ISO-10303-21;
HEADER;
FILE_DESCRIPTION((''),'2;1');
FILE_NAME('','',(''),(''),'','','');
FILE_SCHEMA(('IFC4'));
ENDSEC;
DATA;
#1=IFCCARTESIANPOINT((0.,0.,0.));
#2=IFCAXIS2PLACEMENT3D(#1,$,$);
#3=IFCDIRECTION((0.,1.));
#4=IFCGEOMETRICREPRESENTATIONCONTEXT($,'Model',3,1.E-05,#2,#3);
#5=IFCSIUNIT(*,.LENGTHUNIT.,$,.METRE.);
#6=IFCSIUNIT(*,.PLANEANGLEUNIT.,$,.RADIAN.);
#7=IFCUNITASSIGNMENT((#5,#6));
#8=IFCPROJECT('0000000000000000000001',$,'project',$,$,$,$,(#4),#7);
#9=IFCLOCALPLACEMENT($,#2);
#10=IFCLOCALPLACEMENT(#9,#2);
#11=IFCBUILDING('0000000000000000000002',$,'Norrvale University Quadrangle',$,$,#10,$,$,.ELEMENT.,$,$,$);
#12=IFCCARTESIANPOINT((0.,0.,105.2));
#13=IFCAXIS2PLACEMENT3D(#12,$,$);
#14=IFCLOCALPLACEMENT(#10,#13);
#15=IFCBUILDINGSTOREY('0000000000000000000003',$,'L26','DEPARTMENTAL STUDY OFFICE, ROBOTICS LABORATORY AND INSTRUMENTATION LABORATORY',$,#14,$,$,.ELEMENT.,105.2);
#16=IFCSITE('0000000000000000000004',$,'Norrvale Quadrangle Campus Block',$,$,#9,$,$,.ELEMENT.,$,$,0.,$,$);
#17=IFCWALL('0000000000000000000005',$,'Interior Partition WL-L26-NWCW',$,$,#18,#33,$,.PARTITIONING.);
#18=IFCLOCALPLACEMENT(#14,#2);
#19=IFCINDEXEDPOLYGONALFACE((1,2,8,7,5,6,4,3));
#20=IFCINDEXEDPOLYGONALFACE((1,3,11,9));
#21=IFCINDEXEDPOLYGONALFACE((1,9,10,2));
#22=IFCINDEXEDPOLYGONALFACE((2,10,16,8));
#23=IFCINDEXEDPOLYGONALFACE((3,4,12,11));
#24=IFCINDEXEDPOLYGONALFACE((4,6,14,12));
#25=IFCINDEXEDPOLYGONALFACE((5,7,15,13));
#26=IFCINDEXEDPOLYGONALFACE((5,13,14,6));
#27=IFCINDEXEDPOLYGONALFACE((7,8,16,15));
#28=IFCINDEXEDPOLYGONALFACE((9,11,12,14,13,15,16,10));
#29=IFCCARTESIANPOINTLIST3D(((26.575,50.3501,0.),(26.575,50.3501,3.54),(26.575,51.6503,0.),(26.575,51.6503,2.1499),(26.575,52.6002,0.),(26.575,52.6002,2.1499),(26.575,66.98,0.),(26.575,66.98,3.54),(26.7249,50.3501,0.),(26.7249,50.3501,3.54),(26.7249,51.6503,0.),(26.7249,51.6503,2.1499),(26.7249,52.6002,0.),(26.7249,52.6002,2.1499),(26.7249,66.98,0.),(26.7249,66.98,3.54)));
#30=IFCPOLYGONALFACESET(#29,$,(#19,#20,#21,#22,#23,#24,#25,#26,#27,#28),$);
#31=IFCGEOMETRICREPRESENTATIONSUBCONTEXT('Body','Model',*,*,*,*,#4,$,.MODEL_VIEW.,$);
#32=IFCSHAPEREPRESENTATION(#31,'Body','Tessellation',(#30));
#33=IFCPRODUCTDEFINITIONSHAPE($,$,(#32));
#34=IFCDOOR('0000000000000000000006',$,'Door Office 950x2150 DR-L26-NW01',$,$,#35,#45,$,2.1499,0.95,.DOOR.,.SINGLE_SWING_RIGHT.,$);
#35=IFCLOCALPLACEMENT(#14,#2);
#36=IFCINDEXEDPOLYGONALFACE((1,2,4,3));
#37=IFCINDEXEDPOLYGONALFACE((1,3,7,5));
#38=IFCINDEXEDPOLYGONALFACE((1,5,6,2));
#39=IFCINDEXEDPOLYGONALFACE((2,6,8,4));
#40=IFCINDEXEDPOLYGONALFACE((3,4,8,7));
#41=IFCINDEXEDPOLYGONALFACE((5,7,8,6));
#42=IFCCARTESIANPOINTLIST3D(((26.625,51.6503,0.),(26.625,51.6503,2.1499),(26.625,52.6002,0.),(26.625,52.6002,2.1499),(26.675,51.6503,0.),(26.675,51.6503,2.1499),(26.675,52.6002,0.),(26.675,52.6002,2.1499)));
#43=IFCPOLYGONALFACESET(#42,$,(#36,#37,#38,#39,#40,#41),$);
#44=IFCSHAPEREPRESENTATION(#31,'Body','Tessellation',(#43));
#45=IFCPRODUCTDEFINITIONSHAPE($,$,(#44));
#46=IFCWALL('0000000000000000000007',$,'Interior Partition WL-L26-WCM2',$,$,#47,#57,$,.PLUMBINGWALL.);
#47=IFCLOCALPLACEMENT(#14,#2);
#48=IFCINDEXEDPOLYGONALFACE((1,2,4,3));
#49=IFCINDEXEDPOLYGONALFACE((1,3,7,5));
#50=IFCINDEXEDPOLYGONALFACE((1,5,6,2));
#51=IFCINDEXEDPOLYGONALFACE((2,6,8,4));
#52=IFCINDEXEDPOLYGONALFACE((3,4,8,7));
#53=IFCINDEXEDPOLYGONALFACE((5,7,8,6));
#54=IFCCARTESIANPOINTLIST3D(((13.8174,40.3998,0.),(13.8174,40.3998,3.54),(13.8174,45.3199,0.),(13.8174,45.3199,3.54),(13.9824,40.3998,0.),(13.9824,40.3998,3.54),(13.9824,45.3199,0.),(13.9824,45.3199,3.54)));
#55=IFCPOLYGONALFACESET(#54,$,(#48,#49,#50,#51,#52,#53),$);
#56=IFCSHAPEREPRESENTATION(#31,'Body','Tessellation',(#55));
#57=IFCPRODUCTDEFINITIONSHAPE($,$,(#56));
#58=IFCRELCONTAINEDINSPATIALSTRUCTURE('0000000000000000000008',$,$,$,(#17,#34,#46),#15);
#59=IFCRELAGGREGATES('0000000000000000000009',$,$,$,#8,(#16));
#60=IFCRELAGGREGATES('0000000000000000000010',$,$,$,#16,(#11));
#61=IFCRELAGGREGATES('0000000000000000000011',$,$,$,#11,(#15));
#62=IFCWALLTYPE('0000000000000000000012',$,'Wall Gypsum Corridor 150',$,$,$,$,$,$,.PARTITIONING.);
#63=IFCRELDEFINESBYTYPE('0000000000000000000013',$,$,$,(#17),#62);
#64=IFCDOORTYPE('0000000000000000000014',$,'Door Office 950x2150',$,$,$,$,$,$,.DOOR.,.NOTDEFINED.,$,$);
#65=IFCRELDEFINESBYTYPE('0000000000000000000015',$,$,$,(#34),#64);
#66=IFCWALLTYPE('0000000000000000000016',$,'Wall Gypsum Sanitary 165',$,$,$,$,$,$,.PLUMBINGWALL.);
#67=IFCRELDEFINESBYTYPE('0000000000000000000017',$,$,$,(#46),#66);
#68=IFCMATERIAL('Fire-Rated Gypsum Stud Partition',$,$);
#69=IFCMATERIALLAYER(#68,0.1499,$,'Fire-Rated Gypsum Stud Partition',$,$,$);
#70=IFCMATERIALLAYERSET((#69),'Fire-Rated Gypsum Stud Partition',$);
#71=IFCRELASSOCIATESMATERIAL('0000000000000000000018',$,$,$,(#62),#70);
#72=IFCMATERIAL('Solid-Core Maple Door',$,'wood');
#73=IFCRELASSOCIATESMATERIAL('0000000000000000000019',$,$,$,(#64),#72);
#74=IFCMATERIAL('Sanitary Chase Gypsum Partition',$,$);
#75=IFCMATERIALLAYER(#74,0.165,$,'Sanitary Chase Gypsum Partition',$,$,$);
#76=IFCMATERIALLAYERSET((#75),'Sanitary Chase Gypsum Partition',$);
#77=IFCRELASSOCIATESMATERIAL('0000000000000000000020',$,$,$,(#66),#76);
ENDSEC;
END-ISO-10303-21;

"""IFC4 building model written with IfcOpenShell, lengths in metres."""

from ifc_helpers import new_model, si_unit, direction, frame, frame_2d, origin, place, context, subcontext, project, spatial, rectangle, extrude, material, layer, layer_set, type_object, element, fill, save


model = new_model("IFC4")

# Units and contexts
model_context = context("Model", 3, precision=1e-05, world=origin(), true_north=direction((0.0, 1.0)))
body_context = subcontext(model_context, "Body", "Model", "MODEL_VIEW")
ifc_project = project(units=[si_unit("LENGTHUNIT", "METRE"), si_unit("PLANEANGLEUNIT", "RADIAN")], contexts=[model_context])

# Site, building, storey
site_placement = place(None, origin())
site = spatial("IfcSite", under=ifc_project, at=site_placement, Name="Norrvale Quadrangle Campus Block", CompositionType="ELEMENT", RefElevation=0.0)
building_placement = place(site_placement, origin())
building = spatial("IfcBuilding", under=site, at=building_placement, Name="Norrvale University Quadrangle", CompositionType="ELEMENT")
storey_placement = place(building_placement, frame((0.0, 0.0, 105.2)))
storey = spatial("IfcBuildingStorey", under=building, at=storey_placement, Name="L26", Description="DEPARTMENTAL STUDY OFFICE, ROBOTICS LABORATORY AND INSTRUMENTATION LABORATORY", CompositionType="ELEMENT", Elevation=105.2)

# Shared definitions
ifc_material_1 = material(Name="Fire-Rated Gypsum Stud Partition")
ifc_layer_1 = layer(ifc_material_1, 0.1499, Name="Fire-Rated Gypsum Stud Partition")
ifc_layer_set_1 = layer_set([ifc_layer_1], Name="Fire-Rated Gypsum Stud Partition")
wall_type_1 = type_object("IfcWallType", Name="Wall Gypsum Corridor 150", PredefinedType="PARTITIONING", material=ifc_layer_set_1)

# Wall, opening, door
wall_1_placement = place(storey_placement, frame((26.6499, 50.3501, 0.0), z_axis=(0.0, 0.0, 1.0), x_axis=(0.0, 1.0, 0.0)))
wall_1 = element("IfcWall", 1, at=wall_1_placement, inside=storey, type_object=wall_type_1, Name="Interior Partition WL-L26-NWCW", PredefinedType="PARTITIONING", context=body_context, shape_type="SweptSolid", body=[
    extrude(rectangle(XDim=16.6299, YDim=0.1499, at=frame_2d((8.3149, 0.0))), origin(), (0.0, 0.0, 1.0), 3.54),
])
opening_placement = place(wall_1_placement, frame((1.3, 0.0, 0.0)))
opening = element("IfcOpeningElement", 2, at=opening_placement, cuts=wall_1, PredefinedType="OPENING", context=body_context, shape_type="SweptSolid", body=[
    extrude(rectangle(XDim=0.95, YDim=2.1499, at=frame_2d((0.4751, 1.075))), frame((0.0, 0.0869, 0.0), z_axis=(0.0, -1.0, 0.0), x_axis=(1.0, 0.0, 0.0)), (0.0, 0.0, 1.0), 0.1738),
])
ifc_material_2 = material(Name="Solid-Core Maple Door", Category="wood")
door_type = type_object("IfcDoorType", Name="Door Office 950x2150", OperationType="NOTDEFINED", PredefinedType="DOOR", material=ifc_material_2)
door_placement = place(opening_placement, origin())
door = element("IfcDoor", 3, at=door_placement, inside=storey, type_object=door_type, Name="Door Office 950x2150 DR-L26-NW01", OperationType="SINGLE_SWING_RIGHT", OverallHeight=2.1499, OverallWidth=0.95, PredefinedType="DOOR", context=body_context, shape_type="SweptSolid", body=[
    extrude(rectangle(XDim=0.95, YDim=2.1499, at=frame_2d((0.4751, 1.075))), frame((0.0, 0.0249, 0.0), z_axis=(0.0, -1.0, 0.0), x_axis=(1.0, 0.0, 0.0)), (0.0, 0.0, 1.0), 0.05),
])
fill(opening, door)

# Wall
ifc_material_3 = material(Name="Sanitary Chase Gypsum Partition")
ifc_layer_2 = layer(ifc_material_3, 0.165, Name="Sanitary Chase Gypsum Partition")
ifc_layer_set_2 = layer_set([ifc_layer_2], Name="Sanitary Chase Gypsum Partition")
wall_type_2 = type_object("IfcWallType", Name="Wall Gypsum Sanitary 165", PredefinedType="PLUMBINGWALL", material=ifc_layer_set_2)
wall_2_placement = place(storey_placement, frame((13.8999, 40.3999, 0.0), z_axis=(0.0, 0.0, 1.0), x_axis=(0.0, 1.0, 0.0)))
element("IfcWall", 4, at=wall_2_placement, inside=storey, type_object=wall_type_2, Name="Interior Partition WL-L26-WCM2", PredefinedType="PLUMBINGWALL", context=body_context, shape_type="SweptSolid", body=[
    extrude(rectangle(XDim=4.9202, YDim=0.165, at=frame_2d((2.46, 0.0))), origin(), (0.0, 0.0, 1.0), 3.54),
])

save(model, "model.ifc")
